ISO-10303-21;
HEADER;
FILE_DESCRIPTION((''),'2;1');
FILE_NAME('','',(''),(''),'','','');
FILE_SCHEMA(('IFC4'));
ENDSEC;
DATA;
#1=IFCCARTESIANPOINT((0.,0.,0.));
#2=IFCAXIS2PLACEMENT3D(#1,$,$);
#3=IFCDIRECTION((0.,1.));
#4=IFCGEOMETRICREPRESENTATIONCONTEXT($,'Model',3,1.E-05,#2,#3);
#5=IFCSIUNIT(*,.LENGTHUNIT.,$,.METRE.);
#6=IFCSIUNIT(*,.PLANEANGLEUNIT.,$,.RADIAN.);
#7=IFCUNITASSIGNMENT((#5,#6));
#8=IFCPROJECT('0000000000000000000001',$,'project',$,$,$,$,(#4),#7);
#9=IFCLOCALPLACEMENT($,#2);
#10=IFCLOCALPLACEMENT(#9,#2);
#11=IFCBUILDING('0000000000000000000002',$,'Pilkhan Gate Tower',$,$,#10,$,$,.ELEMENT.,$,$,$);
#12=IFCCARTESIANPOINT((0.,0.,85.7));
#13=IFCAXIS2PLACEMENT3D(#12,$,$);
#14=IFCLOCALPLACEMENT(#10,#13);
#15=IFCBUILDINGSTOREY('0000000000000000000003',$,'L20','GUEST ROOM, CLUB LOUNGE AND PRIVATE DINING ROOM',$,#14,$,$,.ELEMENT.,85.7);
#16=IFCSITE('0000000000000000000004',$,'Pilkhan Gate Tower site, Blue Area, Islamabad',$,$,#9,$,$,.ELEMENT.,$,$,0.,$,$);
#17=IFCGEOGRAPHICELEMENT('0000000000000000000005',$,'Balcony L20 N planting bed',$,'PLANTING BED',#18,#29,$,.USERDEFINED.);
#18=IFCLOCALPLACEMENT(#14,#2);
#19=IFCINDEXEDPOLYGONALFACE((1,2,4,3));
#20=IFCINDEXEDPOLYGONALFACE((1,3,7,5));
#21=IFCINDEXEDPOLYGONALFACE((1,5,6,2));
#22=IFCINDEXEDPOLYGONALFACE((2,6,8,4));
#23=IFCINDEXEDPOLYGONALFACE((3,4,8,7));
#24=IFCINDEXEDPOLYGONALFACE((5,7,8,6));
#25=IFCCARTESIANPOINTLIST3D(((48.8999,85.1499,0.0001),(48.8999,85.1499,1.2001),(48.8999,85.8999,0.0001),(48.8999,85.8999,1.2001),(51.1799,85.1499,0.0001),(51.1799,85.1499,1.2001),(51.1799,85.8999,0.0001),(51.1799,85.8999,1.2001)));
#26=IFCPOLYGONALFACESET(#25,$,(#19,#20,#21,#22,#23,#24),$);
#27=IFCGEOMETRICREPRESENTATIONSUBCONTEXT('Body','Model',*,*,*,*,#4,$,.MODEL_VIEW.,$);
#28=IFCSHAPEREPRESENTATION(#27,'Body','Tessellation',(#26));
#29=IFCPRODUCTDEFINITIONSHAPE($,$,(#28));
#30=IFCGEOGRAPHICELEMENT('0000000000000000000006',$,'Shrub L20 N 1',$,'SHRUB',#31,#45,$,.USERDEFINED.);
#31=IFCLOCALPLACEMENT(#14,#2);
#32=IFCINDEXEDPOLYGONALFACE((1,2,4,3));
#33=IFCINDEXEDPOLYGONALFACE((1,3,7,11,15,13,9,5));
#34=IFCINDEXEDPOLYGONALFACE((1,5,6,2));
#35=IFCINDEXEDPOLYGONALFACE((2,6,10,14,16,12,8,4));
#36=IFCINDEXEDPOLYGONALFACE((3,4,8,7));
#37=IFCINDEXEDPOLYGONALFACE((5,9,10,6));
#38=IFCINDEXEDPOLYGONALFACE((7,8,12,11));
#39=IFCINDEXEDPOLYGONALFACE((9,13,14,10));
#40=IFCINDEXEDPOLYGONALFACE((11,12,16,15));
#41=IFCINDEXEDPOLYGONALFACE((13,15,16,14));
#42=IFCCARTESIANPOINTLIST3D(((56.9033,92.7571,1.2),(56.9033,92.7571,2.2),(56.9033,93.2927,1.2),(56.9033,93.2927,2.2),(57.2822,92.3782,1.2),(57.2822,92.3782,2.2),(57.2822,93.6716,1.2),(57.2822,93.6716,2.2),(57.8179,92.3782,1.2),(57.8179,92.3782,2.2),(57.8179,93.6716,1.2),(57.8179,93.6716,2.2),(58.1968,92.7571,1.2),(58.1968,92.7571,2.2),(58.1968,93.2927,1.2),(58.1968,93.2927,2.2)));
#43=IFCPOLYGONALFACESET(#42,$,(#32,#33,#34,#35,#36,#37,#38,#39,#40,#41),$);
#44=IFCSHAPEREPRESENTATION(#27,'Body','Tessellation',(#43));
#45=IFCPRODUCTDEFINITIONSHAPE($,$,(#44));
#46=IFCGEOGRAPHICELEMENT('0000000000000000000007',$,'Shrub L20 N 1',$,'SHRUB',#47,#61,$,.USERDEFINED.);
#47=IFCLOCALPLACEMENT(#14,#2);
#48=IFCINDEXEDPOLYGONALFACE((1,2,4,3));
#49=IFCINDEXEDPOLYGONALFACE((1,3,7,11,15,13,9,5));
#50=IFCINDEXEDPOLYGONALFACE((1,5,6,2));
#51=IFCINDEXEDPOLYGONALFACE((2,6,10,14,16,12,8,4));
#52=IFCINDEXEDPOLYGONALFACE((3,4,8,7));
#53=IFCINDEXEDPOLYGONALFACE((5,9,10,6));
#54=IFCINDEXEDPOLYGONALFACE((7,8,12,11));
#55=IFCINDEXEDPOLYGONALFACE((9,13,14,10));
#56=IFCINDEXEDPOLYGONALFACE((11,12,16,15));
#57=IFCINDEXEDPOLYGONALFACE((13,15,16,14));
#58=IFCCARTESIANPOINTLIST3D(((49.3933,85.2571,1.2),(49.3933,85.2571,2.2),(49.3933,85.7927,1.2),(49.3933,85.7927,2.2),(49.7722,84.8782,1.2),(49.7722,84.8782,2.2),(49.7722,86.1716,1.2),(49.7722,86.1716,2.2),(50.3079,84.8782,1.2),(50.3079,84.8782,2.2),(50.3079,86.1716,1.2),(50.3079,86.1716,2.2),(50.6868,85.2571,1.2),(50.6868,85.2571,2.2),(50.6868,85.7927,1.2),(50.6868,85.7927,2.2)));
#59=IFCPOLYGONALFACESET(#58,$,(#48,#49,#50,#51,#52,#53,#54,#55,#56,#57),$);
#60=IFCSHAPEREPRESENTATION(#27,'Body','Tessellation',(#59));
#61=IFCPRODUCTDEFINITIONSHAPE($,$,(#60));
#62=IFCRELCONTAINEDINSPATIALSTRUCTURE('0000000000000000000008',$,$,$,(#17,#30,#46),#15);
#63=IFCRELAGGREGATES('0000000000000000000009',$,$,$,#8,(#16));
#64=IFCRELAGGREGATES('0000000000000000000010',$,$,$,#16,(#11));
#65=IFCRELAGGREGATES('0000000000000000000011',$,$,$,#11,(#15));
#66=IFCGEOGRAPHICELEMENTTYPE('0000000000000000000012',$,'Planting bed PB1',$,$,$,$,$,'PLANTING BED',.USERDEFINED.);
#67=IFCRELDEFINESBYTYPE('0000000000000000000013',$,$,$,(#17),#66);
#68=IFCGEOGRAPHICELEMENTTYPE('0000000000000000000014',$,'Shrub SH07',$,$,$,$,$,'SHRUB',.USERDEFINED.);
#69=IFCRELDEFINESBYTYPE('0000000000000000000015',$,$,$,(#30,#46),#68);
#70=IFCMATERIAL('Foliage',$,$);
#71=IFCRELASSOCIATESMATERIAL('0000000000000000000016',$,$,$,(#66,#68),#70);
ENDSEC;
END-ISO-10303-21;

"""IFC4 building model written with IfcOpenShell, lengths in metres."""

from ifc_helpers import new_model, si_unit, direction, frame, origin, origin_2d, place, context, subcontext, project, spatial, polyline, rectangle, outline, extrude, material, material_profile, profile_set, type_object, element, save


model = new_model("IFC4")

# Units and contexts
model_context = context("Model", 3, precision=1e-05, world=origin(), true_north=direction((0.0, 1.0)))
body_context = subcontext(model_context, "Body", "Model", "MODEL_VIEW")
ifc_project = project(units=[si_unit("LENGTHUNIT", "METRE"), si_unit("PLANEANGLEUNIT", "RADIAN")], contexts=[model_context])

# Site, building, storey
site_placement = place(None, origin())
site = spatial("IfcSite", under=ifc_project, at=site_placement, Name="Pilkhan Gate Tower site, Blue Area, Islamabad", CompositionType="ELEMENT", RefElevation=0.0)
building_placement = place(site_placement, origin())
building = spatial("IfcBuilding", under=site, at=building_placement, Name="Pilkhan Gate Tower", CompositionType="ELEMENT")
storey_placement = place(building_placement, frame((0.0, 0.0, 85.7)))
storey = spatial("IfcBuildingStorey", under=building, at=storey_placement, Name="L20", Description="GUEST ROOM, CLUB LOUNGE AND PRIVATE DINING ROOM", CompositionType="ELEMENT", Elevation=85.7)

# Geographic elements
ifc_material_1 = material(Name="Foliage")
ifc_material_profile_1 = material_profile(ifc_material_1, rectangle(XDim=0.75, YDim=1.2, at=origin_2d()), Name="Bed 750x1200")
ifc_profile_set_1 = profile_set([ifc_material_profile_1], Name="Foliage")
geographic_element_type_1 = type_object("IfcGeographicElementType", Name="Planting bed PB1", ElementType="PLANTING BED", PredefinedType="USERDEFINED", material=ifc_profile_set_1)
geographic_element_1_placement = place(storey_placement, frame((48.8999, 85.5249, 0.6001), z_axis=(1.0, 0.0, 0.0), x_axis=(0.0, 1.0, 0.0)))
element("IfcGeographicElement", 1, at=geographic_element_1_placement, inside=storey, type_object=geographic_element_type_1, Name="Balcony L20 N planting bed", ObjectType="PLANTING BED", PredefinedType="USERDEFINED", context=body_context, shape_type="SweptSolid", body=[
    extrude(rectangle(XDim=0.75, YDim=1.2, at=origin_2d()), origin(), (0.0, 0.0, 1.0), 2.28),
])
ifc_material_profile_2 = material_profile(ifc_material_1, outline(polyline([(0.6467, 0.2678), (0.2678, 0.6467), (-0.2678, 0.6467), (-0.6467, 0.2678), (-0.6467, -0.2678), (-0.2678, -0.6467), (0.2678, -0.6467), (0.6467, -0.2678), (0.6467, 0.2678)])), Name="Shrub D1.4")
ifc_profile_set_2 = profile_set([ifc_material_profile_2], Name="Foliage")
geographic_element_type_2 = type_object("IfcGeographicElementType", Name="Shrub SH07", ElementType="SHRUB", PredefinedType="USERDEFINED", material=ifc_profile_set_2)
for number, where, z_axis, x_axis, name in (
    (2, (57.55, 93.0249, 1.2), (0.0, 0.0, 1.0), (1.0, 0.0, 0.0), "Shrub L20 N 1"),
    (3, (50.04, 85.5249, 1.2), (0.0, 0.0, 1.0), (1.0, 0.0, 0.0), "Shrub L20 N 1"),
):
    element("IfcGeographicElement", number, at=place(storey_placement, frame(where, z_axis=z_axis, x_axis=x_axis)), inside=storey, type_object=geographic_element_type_2, Name=name, ObjectType="SHRUB", PredefinedType="USERDEFINED", context=body_context, shape_type="SweptSolid", body=[
        extrude(outline(polyline([(0.6467, 0.2678), (0.2678, 0.6467), (-0.2678, 0.6467), (-0.6467, 0.2678), (-0.6467, -0.2678), (-0.2678, -0.6467), (0.2678, -0.6467), (0.6467, -0.2678), (0.6467, 0.2678)])), origin(), (0.0, 0.0, 1.0), 1.0),
    ])

save(model, "model.ifc")
